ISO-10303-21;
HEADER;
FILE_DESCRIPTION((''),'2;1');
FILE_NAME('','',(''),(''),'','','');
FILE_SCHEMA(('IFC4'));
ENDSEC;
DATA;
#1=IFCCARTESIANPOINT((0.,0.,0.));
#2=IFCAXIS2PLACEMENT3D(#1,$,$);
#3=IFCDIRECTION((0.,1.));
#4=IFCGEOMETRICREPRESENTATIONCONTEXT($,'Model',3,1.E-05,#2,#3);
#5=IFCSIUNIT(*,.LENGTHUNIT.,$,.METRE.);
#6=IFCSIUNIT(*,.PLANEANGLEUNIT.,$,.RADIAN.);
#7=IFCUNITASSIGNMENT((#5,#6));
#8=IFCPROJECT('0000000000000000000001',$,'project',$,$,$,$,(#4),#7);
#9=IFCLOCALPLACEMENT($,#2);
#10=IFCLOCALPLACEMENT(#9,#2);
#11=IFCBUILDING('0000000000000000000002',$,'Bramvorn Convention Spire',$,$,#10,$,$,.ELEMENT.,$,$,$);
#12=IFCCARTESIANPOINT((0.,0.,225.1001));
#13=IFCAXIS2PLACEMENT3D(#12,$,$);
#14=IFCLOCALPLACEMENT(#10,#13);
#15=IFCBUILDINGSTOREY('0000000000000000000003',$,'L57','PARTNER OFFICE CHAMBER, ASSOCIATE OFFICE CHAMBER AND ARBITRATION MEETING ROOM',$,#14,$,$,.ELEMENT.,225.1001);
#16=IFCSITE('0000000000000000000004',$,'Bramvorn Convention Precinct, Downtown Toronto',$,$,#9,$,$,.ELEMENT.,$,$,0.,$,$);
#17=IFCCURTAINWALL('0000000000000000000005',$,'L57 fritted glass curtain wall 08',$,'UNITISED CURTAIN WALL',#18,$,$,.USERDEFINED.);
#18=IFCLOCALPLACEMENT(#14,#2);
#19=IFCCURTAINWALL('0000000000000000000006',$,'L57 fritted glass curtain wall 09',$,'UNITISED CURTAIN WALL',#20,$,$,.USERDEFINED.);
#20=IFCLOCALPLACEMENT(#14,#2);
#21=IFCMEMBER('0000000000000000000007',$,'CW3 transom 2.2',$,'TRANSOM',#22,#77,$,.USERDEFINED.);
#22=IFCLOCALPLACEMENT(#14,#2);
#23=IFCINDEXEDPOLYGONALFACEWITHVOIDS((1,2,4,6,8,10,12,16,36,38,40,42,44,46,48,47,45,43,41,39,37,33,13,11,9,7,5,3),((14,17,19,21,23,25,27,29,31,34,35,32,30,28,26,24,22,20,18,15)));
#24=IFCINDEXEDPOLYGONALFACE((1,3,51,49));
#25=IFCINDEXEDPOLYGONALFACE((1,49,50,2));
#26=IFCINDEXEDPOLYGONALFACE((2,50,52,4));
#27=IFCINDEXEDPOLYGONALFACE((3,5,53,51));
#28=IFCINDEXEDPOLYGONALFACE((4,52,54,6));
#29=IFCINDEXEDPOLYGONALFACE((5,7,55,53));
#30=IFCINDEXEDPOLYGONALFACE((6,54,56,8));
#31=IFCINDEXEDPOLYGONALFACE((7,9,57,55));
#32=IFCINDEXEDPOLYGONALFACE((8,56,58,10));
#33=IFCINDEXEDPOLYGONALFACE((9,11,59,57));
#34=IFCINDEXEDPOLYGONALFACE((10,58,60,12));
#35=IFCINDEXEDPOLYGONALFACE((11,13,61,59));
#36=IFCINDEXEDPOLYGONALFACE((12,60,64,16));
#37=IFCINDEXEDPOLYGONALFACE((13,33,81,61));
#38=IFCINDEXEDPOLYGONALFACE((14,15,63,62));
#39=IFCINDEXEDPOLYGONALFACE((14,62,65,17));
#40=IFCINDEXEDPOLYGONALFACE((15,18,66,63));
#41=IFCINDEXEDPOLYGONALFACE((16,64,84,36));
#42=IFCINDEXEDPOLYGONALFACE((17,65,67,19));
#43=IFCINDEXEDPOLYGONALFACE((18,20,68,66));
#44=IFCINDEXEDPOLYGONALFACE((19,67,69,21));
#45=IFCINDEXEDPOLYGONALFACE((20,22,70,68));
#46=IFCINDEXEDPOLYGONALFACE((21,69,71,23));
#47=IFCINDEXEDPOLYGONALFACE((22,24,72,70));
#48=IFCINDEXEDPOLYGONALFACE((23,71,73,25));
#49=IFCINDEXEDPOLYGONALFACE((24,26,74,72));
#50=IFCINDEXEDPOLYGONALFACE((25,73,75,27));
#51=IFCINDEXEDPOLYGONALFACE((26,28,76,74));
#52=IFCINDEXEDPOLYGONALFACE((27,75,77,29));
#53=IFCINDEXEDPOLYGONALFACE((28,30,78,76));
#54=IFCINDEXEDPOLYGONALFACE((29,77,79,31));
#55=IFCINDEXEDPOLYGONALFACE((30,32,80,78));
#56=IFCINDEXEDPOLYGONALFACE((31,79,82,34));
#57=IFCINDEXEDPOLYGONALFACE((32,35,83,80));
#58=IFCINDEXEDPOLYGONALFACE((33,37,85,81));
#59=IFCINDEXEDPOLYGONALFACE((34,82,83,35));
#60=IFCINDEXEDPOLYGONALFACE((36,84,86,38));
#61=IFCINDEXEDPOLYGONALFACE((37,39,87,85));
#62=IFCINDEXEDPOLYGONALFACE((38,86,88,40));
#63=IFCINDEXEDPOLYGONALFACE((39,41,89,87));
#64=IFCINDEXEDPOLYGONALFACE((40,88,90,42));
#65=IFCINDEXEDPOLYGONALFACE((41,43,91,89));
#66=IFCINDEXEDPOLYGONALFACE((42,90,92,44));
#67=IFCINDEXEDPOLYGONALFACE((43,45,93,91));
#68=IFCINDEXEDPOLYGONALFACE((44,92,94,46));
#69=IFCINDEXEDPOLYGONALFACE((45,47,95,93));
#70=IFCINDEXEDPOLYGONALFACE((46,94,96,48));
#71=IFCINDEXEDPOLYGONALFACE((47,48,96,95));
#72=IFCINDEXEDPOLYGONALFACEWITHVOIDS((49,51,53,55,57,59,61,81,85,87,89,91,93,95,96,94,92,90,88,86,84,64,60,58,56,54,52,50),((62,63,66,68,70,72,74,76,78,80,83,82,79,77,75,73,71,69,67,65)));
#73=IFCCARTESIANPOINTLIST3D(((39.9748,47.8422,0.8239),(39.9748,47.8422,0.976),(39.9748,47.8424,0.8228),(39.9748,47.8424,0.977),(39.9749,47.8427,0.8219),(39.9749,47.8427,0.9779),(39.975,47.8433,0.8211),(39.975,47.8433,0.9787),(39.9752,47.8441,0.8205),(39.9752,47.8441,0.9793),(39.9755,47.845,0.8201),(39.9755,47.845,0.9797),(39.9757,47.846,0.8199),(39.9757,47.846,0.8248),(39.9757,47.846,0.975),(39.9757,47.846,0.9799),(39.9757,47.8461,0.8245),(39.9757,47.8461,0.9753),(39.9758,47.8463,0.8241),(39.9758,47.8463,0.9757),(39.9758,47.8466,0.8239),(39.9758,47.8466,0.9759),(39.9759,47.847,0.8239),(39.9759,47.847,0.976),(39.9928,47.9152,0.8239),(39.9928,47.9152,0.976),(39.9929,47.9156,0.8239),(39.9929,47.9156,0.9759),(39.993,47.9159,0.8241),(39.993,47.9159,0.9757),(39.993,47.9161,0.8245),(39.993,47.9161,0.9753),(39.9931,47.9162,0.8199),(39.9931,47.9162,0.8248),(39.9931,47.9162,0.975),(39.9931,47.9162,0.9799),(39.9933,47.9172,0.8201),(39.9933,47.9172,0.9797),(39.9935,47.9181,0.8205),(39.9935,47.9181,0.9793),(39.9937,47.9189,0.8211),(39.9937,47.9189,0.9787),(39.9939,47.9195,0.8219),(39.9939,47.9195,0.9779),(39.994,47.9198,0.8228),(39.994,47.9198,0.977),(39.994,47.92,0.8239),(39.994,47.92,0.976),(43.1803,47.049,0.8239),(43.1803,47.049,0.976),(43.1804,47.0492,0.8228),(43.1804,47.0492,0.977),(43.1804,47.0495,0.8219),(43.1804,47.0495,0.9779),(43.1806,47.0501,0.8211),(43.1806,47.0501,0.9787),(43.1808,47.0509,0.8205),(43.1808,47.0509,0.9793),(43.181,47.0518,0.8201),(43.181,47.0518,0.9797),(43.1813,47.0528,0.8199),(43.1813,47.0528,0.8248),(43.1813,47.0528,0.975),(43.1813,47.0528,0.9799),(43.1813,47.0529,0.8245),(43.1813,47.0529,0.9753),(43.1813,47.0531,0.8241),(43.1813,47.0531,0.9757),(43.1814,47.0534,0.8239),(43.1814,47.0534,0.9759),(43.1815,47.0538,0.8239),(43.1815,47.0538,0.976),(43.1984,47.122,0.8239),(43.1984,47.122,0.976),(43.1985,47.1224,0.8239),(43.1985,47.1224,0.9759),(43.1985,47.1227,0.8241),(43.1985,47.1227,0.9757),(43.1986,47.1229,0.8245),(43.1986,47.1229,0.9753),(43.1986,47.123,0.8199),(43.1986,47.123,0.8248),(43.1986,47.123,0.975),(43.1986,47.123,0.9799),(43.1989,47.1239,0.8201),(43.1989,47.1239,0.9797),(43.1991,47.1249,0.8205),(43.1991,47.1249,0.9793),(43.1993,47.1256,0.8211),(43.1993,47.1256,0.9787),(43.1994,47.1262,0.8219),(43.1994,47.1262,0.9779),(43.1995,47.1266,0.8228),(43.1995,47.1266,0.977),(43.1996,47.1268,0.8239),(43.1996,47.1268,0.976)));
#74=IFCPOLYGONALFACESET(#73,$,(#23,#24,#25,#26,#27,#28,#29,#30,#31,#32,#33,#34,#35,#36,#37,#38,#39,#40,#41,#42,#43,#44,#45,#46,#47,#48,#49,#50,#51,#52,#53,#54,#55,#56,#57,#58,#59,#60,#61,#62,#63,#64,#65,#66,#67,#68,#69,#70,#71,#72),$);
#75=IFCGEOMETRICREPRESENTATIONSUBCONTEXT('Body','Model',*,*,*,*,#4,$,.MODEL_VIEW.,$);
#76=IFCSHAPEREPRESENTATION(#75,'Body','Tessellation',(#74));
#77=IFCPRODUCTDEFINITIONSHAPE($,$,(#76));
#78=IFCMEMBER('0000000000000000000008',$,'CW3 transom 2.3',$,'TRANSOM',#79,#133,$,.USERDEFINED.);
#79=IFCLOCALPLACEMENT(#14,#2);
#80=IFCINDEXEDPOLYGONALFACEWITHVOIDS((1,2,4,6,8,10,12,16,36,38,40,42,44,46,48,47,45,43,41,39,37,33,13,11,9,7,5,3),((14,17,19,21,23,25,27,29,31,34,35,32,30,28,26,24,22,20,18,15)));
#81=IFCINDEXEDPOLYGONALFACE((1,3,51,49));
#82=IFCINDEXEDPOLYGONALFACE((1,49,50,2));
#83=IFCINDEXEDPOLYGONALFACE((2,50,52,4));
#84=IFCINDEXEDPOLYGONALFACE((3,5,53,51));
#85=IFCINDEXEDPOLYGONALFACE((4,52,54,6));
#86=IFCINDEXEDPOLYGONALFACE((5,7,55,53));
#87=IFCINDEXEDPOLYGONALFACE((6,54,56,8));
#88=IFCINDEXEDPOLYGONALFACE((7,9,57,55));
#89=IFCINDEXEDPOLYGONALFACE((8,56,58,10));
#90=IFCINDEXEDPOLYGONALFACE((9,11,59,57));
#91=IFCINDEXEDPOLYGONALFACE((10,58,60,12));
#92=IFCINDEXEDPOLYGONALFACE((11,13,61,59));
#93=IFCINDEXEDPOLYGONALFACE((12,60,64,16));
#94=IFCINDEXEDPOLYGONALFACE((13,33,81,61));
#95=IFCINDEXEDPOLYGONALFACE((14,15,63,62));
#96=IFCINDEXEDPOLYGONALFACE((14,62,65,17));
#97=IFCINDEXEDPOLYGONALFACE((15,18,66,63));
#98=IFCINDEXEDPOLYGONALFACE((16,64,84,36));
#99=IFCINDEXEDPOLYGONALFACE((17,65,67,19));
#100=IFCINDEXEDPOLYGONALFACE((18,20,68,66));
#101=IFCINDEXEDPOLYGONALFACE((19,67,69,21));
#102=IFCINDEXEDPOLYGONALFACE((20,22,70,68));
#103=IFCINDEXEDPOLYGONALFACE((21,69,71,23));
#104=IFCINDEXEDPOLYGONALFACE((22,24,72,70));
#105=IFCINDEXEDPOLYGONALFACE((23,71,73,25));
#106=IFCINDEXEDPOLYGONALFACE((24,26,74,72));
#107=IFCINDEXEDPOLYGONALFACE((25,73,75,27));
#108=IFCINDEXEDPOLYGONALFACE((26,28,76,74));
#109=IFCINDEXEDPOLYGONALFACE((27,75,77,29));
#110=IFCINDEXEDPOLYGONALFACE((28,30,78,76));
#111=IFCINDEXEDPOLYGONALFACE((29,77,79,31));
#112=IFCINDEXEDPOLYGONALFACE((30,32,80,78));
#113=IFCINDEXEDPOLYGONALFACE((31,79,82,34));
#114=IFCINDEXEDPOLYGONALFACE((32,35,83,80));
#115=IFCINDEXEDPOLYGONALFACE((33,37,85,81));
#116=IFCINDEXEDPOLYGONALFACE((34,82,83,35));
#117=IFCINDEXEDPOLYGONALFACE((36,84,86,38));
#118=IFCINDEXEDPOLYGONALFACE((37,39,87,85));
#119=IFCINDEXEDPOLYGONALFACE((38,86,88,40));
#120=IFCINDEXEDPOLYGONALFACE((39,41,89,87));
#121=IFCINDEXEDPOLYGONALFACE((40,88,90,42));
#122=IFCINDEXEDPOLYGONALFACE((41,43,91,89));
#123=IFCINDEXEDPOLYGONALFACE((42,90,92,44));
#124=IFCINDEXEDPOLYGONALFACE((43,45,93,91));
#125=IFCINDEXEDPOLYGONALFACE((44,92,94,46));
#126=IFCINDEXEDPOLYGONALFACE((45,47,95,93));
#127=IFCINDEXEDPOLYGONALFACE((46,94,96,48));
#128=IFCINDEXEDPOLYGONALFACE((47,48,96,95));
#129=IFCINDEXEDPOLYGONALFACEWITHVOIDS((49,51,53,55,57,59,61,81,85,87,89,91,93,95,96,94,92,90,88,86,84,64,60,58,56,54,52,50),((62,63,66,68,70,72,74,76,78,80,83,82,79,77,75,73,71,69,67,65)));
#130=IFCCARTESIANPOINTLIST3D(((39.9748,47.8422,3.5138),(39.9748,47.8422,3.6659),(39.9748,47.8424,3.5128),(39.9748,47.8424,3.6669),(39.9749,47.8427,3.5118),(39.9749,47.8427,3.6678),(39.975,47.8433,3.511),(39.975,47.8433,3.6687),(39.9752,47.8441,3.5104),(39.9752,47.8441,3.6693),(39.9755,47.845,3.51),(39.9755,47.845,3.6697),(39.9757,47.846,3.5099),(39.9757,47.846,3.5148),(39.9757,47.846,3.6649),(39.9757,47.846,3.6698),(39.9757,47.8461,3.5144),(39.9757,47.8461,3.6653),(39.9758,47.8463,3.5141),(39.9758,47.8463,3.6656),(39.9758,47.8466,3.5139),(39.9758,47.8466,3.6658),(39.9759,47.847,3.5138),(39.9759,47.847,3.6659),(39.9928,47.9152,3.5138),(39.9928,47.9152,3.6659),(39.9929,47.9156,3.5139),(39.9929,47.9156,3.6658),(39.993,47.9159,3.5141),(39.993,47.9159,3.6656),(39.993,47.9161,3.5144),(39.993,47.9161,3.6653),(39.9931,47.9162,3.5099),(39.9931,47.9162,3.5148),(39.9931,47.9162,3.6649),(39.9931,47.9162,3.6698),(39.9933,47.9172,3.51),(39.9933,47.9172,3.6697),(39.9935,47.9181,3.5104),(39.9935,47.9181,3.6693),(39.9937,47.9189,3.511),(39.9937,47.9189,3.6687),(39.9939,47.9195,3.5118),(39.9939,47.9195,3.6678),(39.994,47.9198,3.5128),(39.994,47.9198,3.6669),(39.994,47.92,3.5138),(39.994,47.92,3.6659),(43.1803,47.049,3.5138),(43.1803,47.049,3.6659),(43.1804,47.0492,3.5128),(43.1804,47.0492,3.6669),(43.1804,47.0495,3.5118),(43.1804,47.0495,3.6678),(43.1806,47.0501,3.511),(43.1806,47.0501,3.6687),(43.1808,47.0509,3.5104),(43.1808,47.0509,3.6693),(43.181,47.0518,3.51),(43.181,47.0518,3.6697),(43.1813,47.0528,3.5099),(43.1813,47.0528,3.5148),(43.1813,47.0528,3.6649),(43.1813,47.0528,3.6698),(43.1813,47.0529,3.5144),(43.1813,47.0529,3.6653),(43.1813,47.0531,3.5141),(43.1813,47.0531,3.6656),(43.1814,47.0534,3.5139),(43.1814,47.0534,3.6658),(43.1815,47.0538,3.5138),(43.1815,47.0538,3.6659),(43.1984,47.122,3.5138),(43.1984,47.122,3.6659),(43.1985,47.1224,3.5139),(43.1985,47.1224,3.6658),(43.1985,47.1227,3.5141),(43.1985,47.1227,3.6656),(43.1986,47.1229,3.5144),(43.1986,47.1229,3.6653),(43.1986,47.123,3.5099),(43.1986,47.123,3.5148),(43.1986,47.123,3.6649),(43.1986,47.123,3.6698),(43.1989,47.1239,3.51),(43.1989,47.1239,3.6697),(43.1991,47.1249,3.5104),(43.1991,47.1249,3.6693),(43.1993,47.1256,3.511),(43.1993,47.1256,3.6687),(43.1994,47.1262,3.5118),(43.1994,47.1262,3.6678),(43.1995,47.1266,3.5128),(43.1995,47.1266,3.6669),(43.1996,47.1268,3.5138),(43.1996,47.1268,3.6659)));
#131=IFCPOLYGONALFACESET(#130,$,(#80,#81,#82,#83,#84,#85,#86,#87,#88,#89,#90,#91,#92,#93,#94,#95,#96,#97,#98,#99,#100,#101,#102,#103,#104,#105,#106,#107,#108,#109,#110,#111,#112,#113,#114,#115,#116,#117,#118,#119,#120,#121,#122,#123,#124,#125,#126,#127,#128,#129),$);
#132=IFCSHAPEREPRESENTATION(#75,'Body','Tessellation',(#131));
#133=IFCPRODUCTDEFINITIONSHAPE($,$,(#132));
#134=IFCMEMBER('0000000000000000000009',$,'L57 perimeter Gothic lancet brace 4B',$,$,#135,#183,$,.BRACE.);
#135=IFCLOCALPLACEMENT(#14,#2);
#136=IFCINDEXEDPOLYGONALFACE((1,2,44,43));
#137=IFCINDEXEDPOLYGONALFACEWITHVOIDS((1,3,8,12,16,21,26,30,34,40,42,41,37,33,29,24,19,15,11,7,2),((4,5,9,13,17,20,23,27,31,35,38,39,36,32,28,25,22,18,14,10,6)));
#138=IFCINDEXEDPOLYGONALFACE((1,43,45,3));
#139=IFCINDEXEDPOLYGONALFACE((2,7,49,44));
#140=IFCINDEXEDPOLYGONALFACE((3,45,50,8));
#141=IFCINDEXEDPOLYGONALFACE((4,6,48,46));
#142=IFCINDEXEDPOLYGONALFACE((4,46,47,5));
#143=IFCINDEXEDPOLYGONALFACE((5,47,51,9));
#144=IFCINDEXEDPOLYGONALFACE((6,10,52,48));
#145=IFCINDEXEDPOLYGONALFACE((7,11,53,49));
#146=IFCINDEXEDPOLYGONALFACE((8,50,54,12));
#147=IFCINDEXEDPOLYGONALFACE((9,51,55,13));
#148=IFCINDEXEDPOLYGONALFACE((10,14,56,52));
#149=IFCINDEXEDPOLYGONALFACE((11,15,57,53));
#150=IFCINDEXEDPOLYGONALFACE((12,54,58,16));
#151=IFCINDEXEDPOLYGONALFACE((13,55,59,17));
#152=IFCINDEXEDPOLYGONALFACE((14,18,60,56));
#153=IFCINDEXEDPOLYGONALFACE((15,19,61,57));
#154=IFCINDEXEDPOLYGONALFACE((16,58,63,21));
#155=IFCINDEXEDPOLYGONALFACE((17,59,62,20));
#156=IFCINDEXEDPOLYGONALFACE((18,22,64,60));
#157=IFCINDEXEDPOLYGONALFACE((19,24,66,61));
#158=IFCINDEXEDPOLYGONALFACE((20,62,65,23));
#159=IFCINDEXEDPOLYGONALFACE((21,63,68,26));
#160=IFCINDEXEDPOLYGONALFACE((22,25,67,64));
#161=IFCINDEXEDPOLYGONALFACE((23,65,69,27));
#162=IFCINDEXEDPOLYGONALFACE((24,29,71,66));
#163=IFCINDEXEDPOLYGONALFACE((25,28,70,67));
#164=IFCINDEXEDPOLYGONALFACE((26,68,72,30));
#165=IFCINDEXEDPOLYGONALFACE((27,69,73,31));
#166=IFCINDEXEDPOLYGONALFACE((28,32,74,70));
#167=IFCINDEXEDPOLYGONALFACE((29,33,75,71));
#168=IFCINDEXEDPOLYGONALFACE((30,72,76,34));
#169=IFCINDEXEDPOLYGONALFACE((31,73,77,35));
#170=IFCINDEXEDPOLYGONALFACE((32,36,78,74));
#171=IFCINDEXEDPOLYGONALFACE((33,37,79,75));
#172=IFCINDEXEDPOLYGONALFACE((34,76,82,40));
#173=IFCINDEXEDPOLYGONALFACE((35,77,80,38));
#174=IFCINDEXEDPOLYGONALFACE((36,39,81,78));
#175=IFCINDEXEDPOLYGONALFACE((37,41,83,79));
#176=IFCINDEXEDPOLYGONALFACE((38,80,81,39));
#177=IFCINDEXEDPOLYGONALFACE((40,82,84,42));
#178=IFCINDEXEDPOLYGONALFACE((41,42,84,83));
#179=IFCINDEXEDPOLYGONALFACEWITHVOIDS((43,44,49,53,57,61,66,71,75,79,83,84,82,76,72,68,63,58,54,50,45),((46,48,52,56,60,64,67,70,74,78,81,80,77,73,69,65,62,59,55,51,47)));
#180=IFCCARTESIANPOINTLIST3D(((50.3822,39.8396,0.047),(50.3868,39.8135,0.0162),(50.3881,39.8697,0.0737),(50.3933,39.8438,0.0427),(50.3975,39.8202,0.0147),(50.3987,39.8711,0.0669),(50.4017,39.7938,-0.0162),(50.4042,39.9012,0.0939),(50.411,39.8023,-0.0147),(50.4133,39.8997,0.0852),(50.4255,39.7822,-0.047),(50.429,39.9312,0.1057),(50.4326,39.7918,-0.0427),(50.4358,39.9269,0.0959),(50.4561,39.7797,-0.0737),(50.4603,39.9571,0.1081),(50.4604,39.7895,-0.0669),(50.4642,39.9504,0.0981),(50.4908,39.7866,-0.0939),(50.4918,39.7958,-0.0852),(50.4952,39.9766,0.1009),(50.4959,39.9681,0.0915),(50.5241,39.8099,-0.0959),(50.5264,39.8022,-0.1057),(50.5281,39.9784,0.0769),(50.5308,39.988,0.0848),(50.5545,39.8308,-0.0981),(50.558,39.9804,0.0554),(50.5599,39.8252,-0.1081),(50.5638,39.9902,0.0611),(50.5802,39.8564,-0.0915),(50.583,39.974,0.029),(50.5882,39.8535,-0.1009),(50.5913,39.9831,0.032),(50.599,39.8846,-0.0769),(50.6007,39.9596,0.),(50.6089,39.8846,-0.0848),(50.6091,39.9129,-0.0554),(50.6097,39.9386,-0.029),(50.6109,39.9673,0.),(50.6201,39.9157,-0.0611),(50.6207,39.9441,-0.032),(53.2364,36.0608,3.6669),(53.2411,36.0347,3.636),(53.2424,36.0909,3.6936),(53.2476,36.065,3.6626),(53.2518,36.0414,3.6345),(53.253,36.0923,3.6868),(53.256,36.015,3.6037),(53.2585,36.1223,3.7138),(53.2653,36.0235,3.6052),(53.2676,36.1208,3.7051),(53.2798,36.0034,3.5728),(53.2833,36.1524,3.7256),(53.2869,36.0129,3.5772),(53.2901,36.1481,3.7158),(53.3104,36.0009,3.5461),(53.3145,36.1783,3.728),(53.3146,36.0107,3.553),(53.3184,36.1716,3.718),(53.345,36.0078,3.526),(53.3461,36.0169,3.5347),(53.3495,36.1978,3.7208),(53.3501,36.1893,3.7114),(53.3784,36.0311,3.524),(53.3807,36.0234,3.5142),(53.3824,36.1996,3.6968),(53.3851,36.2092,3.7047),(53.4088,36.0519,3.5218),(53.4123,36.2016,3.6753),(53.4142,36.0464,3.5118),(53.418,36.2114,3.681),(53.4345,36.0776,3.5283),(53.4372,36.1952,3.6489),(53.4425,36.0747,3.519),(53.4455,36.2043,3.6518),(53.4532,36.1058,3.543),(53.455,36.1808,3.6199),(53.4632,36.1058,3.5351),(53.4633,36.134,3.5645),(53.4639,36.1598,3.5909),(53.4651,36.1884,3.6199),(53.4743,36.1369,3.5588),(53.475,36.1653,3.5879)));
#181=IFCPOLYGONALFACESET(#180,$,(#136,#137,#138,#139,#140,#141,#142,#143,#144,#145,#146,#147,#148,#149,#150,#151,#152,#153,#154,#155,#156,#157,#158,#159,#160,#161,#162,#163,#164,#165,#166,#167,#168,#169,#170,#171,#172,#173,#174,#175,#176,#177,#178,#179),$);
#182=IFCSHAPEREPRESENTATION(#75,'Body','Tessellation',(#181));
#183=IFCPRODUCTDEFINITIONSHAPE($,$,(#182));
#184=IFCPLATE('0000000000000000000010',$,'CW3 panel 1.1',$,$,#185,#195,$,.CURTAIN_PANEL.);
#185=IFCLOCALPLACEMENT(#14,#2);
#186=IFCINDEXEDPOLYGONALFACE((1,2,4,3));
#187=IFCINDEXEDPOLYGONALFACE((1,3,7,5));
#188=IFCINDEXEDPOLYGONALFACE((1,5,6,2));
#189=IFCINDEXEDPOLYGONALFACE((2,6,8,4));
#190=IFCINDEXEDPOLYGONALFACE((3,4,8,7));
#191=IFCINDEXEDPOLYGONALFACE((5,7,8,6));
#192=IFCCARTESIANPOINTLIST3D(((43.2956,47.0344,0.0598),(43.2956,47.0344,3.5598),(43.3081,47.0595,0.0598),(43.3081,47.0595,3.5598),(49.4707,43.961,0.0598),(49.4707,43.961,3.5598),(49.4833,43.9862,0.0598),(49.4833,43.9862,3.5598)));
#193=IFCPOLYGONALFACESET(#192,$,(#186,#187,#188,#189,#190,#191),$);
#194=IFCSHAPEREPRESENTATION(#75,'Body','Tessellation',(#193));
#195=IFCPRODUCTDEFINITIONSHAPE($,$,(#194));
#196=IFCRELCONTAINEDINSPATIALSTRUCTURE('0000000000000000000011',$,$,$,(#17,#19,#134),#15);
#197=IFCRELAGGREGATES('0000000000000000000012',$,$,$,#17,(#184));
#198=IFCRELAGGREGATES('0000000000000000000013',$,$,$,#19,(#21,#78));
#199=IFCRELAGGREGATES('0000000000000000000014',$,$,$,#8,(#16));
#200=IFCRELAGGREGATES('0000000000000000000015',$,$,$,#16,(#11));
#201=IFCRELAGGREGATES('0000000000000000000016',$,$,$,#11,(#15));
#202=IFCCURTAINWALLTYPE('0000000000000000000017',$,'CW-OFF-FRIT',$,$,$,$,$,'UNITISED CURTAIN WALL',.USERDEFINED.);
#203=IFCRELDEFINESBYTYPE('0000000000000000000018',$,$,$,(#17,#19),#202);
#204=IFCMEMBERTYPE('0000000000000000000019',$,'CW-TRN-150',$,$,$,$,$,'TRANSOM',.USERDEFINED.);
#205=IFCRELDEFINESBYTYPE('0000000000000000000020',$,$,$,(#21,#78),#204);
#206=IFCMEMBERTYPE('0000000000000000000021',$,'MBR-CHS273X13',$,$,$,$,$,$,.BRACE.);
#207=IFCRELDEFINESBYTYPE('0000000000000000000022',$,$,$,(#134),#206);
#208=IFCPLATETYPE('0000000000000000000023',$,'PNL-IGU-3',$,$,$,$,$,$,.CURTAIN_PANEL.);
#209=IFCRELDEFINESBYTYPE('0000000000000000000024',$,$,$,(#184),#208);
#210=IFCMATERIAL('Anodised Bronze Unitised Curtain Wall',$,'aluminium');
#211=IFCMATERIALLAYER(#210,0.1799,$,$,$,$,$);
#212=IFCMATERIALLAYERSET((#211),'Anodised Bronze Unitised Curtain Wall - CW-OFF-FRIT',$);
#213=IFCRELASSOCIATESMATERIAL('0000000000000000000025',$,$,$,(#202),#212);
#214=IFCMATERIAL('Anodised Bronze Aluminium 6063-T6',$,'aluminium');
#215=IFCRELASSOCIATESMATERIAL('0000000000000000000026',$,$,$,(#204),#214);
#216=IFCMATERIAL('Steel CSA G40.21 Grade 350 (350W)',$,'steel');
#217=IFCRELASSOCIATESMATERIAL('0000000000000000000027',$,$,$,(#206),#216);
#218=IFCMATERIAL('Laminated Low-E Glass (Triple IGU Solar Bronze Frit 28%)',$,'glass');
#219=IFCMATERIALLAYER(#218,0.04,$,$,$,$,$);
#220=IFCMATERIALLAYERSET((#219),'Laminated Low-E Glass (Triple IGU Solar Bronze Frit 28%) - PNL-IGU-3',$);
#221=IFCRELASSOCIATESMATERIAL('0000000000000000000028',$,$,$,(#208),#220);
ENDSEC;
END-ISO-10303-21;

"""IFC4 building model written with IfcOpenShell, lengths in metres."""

from ifc_helpers import new_model, si_unit, direction, frame, origin, origin_2d, place, context, subcontext, project, spatial, rectangle, hollow_rectangle, hollow_circle, extrude, material, layer, layer_set, material_profile, profile_set, type_object, element, aggregate, save


model = new_model("IFC4")

# Units and contexts
model_context = context("Model", 3, precision=1e-05, world=origin(), true_north=direction((0.0, 1.0)))
body_context = subcontext(model_context, "Body", "Model", "MODEL_VIEW")
ifc_project = project(units=[si_unit("LENGTHUNIT", "METRE"), si_unit("PLANEANGLEUNIT", "RADIAN")], contexts=[model_context])

# Site, building, storey
site_placement = place(None, origin())
site = spatial("IfcSite", under=ifc_project, at=site_placement, Name="Bramvorn Convention Precinct, Downtown Toronto", CompositionType="ELEMENT", RefElevation=0.0)
building_placement = place(site_placement, origin())
building = spatial("IfcBuilding", under=site, at=building_placement, Name="Bramvorn Convention Spire", CompositionType="ELEMENT")
storey_placement = place(building_placement, frame((0.0, 0.0, 225.1001)))
storey = spatial("IfcBuildingStorey", under=building, at=storey_placement, Name="L57", Description="PARTNER OFFICE CHAMBER, ASSOCIATE OFFICE CHAMBER AND ARBITRATION MEETING ROOM", CompositionType="ELEMENT", Elevation=225.1001)

# Shared definitions
ifc_material_1 = material(Name="Steel CSA G40.21 Grade 350 (350W)", Category="steel")

# Curtain walls
ifc_material_2 = material(Name="Anodised Bronze Unitised Curtain Wall", Category="aluminium")
ifc_layer_1 = layer(ifc_material_2, 0.1799)
ifc_layer_set_1 = layer_set([ifc_layer_1], Name="Anodised Bronze Unitised Curtain Wall - CW-OFF-FRIT")
curtain_wall_type = type_object("IfcCurtainWallType", Name="CW-OFF-FRIT", ElementType="UNITISED CURTAIN WALL", PredefinedType="USERDEFINED", material=ifc_layer_set_1)
curtain_wall_1_placement = place(storey_placement, origin())
curtain_wall_1 = element("IfcCurtainWall", 1, at=curtain_wall_1_placement, inside=storey, type_object=curtain_wall_type, Name="L57 fritted glass curtain wall 08", ObjectType="UNITISED CURTAIN WALL", PredefinedType="USERDEFINED")
ifc_material_3 = material(Name="Anodised Bronze Aluminium 6063-T6", Category="aluminium")
curtain_wall_2_placement = place(storey_placement, origin())
curtain_wall_2 = element("IfcCurtainWall", 2, at=curtain_wall_2_placement, inside=storey, type_object=curtain_wall_type, Name="L57 fritted glass curtain wall 09", ObjectType="UNITISED CURTAIN WALL", PredefinedType="USERDEFINED")

# Members
ifc_material_profile_1 = material_profile(ifc_material_3, hollow_rectangle(XDim=0.0801, YDim=0.1599, WallThickness=0.0039, InnerFilletRadius=0.001, OuterFilletRadius=0.0039, at=origin_2d()))
ifc_profile_set_1 = profile_set([ifc_material_profile_1], Name="Anodised Bronze Aluminium 6063-T6 - CWT80X160")
member_type_1 = type_object("IfcMemberType", Name="CW-TRN-150", ElementType="TRANSOM", PredefinedType="USERDEFINED", material=ifc_profile_set_1)
member_1_placement = place(storey_placement, frame((39.9844, 47.8811, 0.8999), z_axis=(0.970722, -0.240204, 0.0), x_axis=(0.240204, 0.970722, 0.0)))
member_1 = element("IfcMember", 3, at=member_1_placement, type_object=member_type_1, Name="CW3 transom 2.2", ObjectType="TRANSOM", PredefinedType="USERDEFINED", context=body_context, shape_type="SweptSolid", body=[
    extrude(hollow_rectangle(XDim=0.0801, YDim=0.1599, WallThickness=0.0039, InnerFilletRadius=0.001, OuterFilletRadius=0.0039, at=origin_2d()), origin(), (0.0, 0.0, 1.0), 3.3022),
])
member_2_placement = place(storey_placement, frame((39.9844, 47.8811, 3.5898), z_axis=(0.970722, -0.240204, 0.0), x_axis=(0.240204, 0.970722, 0.0)))
member_2 = element("IfcMember", 4, at=member_2_placement, type_object=member_type_1, Name="CW3 transom 2.3", ObjectType="TRANSOM", PredefinedType="USERDEFINED", context=body_context, shape_type="SweptSolid", body=[
    extrude(hollow_rectangle(XDim=0.0801, YDim=0.1599, WallThickness=0.0039, InnerFilletRadius=0.001, OuterFilletRadius=0.0039, at=origin_2d()), origin(), (0.0, 0.0, 1.0), 3.3022),
])
ifc_material_profile_2 = material_profile(ifc_material_1, hollow_circle(Radius=0.1365, WallThickness=0.0127, at=origin_2d()))
ifc_profile_set_2 = profile_set([ifc_material_profile_2], Name="Steel CSA G40.21 Grade 350 (350W) - CHS273X13")
member_type_2 = type_object("IfcMemberType", Name="MBR-CHS273X13", PredefinedType="BRACE", material=ifc_profile_set_2)
member_3_placement = place(storey_placement, frame((50.502, 39.885, 0.0), z_axis=(0.478847, -0.633957, 0.607293), x_axis=(0.797954, 0.602719, 0.0)))
element("IfcMember", 5, at=member_3_placement, inside=storey, type_object=member_type_2, Name="L57 perimeter Gothic lancet brace 4B", PredefinedType="BRACE", context=body_context, shape_type="SweptSolid", body=[
    extrude(hollow_circle(Radius=0.1365, WallThickness=0.0127, at=origin_2d()), origin(), (0.0, 0.0, 1.0), 5.9607),
])

# Plate
ifc_material_4 = material(Name="Laminated Low-E Glass (Triple IGU Solar Bronze Frit 28%)", Category="glass")
ifc_layer_2 = layer(ifc_material_4, 0.04)
ifc_layer_set_2 = layer_set([ifc_layer_2], Name="Laminated Low-E Glass (Triple IGU Solar Bronze Frit 28%) - PNL-IGU-3")
plate_type = type_object("IfcPlateType", Name="PNL-IGU-3", PredefinedType="CURTAIN_PANEL", material=ifc_layer_set_2)
plate_1_placement = place(storey_placement, frame((46.3894, 45.5103, 0.0598), z_axis=(0.0, 0.0, 1.0), x_axis=(0.895252, -0.44556, 0.0)))
plate_1 = element("IfcPlate", 6, at=plate_1_placement, type_object=plate_type, Name="CW3 panel 1.1", PredefinedType="CURTAIN_PANEL", context=body_context, shape_type="SweptSolid", body=[
    extrude(rectangle(XDim=6.8977, YDim=0.0281, at=origin_2d()), origin(), (0.0, 0.0, 1.0), 3.5),
])
aggregate(curtain_wall_1, [plate_1])
aggregate(curtain_wall_2, [member_1, member_2])

save(model, "model.ifc")
